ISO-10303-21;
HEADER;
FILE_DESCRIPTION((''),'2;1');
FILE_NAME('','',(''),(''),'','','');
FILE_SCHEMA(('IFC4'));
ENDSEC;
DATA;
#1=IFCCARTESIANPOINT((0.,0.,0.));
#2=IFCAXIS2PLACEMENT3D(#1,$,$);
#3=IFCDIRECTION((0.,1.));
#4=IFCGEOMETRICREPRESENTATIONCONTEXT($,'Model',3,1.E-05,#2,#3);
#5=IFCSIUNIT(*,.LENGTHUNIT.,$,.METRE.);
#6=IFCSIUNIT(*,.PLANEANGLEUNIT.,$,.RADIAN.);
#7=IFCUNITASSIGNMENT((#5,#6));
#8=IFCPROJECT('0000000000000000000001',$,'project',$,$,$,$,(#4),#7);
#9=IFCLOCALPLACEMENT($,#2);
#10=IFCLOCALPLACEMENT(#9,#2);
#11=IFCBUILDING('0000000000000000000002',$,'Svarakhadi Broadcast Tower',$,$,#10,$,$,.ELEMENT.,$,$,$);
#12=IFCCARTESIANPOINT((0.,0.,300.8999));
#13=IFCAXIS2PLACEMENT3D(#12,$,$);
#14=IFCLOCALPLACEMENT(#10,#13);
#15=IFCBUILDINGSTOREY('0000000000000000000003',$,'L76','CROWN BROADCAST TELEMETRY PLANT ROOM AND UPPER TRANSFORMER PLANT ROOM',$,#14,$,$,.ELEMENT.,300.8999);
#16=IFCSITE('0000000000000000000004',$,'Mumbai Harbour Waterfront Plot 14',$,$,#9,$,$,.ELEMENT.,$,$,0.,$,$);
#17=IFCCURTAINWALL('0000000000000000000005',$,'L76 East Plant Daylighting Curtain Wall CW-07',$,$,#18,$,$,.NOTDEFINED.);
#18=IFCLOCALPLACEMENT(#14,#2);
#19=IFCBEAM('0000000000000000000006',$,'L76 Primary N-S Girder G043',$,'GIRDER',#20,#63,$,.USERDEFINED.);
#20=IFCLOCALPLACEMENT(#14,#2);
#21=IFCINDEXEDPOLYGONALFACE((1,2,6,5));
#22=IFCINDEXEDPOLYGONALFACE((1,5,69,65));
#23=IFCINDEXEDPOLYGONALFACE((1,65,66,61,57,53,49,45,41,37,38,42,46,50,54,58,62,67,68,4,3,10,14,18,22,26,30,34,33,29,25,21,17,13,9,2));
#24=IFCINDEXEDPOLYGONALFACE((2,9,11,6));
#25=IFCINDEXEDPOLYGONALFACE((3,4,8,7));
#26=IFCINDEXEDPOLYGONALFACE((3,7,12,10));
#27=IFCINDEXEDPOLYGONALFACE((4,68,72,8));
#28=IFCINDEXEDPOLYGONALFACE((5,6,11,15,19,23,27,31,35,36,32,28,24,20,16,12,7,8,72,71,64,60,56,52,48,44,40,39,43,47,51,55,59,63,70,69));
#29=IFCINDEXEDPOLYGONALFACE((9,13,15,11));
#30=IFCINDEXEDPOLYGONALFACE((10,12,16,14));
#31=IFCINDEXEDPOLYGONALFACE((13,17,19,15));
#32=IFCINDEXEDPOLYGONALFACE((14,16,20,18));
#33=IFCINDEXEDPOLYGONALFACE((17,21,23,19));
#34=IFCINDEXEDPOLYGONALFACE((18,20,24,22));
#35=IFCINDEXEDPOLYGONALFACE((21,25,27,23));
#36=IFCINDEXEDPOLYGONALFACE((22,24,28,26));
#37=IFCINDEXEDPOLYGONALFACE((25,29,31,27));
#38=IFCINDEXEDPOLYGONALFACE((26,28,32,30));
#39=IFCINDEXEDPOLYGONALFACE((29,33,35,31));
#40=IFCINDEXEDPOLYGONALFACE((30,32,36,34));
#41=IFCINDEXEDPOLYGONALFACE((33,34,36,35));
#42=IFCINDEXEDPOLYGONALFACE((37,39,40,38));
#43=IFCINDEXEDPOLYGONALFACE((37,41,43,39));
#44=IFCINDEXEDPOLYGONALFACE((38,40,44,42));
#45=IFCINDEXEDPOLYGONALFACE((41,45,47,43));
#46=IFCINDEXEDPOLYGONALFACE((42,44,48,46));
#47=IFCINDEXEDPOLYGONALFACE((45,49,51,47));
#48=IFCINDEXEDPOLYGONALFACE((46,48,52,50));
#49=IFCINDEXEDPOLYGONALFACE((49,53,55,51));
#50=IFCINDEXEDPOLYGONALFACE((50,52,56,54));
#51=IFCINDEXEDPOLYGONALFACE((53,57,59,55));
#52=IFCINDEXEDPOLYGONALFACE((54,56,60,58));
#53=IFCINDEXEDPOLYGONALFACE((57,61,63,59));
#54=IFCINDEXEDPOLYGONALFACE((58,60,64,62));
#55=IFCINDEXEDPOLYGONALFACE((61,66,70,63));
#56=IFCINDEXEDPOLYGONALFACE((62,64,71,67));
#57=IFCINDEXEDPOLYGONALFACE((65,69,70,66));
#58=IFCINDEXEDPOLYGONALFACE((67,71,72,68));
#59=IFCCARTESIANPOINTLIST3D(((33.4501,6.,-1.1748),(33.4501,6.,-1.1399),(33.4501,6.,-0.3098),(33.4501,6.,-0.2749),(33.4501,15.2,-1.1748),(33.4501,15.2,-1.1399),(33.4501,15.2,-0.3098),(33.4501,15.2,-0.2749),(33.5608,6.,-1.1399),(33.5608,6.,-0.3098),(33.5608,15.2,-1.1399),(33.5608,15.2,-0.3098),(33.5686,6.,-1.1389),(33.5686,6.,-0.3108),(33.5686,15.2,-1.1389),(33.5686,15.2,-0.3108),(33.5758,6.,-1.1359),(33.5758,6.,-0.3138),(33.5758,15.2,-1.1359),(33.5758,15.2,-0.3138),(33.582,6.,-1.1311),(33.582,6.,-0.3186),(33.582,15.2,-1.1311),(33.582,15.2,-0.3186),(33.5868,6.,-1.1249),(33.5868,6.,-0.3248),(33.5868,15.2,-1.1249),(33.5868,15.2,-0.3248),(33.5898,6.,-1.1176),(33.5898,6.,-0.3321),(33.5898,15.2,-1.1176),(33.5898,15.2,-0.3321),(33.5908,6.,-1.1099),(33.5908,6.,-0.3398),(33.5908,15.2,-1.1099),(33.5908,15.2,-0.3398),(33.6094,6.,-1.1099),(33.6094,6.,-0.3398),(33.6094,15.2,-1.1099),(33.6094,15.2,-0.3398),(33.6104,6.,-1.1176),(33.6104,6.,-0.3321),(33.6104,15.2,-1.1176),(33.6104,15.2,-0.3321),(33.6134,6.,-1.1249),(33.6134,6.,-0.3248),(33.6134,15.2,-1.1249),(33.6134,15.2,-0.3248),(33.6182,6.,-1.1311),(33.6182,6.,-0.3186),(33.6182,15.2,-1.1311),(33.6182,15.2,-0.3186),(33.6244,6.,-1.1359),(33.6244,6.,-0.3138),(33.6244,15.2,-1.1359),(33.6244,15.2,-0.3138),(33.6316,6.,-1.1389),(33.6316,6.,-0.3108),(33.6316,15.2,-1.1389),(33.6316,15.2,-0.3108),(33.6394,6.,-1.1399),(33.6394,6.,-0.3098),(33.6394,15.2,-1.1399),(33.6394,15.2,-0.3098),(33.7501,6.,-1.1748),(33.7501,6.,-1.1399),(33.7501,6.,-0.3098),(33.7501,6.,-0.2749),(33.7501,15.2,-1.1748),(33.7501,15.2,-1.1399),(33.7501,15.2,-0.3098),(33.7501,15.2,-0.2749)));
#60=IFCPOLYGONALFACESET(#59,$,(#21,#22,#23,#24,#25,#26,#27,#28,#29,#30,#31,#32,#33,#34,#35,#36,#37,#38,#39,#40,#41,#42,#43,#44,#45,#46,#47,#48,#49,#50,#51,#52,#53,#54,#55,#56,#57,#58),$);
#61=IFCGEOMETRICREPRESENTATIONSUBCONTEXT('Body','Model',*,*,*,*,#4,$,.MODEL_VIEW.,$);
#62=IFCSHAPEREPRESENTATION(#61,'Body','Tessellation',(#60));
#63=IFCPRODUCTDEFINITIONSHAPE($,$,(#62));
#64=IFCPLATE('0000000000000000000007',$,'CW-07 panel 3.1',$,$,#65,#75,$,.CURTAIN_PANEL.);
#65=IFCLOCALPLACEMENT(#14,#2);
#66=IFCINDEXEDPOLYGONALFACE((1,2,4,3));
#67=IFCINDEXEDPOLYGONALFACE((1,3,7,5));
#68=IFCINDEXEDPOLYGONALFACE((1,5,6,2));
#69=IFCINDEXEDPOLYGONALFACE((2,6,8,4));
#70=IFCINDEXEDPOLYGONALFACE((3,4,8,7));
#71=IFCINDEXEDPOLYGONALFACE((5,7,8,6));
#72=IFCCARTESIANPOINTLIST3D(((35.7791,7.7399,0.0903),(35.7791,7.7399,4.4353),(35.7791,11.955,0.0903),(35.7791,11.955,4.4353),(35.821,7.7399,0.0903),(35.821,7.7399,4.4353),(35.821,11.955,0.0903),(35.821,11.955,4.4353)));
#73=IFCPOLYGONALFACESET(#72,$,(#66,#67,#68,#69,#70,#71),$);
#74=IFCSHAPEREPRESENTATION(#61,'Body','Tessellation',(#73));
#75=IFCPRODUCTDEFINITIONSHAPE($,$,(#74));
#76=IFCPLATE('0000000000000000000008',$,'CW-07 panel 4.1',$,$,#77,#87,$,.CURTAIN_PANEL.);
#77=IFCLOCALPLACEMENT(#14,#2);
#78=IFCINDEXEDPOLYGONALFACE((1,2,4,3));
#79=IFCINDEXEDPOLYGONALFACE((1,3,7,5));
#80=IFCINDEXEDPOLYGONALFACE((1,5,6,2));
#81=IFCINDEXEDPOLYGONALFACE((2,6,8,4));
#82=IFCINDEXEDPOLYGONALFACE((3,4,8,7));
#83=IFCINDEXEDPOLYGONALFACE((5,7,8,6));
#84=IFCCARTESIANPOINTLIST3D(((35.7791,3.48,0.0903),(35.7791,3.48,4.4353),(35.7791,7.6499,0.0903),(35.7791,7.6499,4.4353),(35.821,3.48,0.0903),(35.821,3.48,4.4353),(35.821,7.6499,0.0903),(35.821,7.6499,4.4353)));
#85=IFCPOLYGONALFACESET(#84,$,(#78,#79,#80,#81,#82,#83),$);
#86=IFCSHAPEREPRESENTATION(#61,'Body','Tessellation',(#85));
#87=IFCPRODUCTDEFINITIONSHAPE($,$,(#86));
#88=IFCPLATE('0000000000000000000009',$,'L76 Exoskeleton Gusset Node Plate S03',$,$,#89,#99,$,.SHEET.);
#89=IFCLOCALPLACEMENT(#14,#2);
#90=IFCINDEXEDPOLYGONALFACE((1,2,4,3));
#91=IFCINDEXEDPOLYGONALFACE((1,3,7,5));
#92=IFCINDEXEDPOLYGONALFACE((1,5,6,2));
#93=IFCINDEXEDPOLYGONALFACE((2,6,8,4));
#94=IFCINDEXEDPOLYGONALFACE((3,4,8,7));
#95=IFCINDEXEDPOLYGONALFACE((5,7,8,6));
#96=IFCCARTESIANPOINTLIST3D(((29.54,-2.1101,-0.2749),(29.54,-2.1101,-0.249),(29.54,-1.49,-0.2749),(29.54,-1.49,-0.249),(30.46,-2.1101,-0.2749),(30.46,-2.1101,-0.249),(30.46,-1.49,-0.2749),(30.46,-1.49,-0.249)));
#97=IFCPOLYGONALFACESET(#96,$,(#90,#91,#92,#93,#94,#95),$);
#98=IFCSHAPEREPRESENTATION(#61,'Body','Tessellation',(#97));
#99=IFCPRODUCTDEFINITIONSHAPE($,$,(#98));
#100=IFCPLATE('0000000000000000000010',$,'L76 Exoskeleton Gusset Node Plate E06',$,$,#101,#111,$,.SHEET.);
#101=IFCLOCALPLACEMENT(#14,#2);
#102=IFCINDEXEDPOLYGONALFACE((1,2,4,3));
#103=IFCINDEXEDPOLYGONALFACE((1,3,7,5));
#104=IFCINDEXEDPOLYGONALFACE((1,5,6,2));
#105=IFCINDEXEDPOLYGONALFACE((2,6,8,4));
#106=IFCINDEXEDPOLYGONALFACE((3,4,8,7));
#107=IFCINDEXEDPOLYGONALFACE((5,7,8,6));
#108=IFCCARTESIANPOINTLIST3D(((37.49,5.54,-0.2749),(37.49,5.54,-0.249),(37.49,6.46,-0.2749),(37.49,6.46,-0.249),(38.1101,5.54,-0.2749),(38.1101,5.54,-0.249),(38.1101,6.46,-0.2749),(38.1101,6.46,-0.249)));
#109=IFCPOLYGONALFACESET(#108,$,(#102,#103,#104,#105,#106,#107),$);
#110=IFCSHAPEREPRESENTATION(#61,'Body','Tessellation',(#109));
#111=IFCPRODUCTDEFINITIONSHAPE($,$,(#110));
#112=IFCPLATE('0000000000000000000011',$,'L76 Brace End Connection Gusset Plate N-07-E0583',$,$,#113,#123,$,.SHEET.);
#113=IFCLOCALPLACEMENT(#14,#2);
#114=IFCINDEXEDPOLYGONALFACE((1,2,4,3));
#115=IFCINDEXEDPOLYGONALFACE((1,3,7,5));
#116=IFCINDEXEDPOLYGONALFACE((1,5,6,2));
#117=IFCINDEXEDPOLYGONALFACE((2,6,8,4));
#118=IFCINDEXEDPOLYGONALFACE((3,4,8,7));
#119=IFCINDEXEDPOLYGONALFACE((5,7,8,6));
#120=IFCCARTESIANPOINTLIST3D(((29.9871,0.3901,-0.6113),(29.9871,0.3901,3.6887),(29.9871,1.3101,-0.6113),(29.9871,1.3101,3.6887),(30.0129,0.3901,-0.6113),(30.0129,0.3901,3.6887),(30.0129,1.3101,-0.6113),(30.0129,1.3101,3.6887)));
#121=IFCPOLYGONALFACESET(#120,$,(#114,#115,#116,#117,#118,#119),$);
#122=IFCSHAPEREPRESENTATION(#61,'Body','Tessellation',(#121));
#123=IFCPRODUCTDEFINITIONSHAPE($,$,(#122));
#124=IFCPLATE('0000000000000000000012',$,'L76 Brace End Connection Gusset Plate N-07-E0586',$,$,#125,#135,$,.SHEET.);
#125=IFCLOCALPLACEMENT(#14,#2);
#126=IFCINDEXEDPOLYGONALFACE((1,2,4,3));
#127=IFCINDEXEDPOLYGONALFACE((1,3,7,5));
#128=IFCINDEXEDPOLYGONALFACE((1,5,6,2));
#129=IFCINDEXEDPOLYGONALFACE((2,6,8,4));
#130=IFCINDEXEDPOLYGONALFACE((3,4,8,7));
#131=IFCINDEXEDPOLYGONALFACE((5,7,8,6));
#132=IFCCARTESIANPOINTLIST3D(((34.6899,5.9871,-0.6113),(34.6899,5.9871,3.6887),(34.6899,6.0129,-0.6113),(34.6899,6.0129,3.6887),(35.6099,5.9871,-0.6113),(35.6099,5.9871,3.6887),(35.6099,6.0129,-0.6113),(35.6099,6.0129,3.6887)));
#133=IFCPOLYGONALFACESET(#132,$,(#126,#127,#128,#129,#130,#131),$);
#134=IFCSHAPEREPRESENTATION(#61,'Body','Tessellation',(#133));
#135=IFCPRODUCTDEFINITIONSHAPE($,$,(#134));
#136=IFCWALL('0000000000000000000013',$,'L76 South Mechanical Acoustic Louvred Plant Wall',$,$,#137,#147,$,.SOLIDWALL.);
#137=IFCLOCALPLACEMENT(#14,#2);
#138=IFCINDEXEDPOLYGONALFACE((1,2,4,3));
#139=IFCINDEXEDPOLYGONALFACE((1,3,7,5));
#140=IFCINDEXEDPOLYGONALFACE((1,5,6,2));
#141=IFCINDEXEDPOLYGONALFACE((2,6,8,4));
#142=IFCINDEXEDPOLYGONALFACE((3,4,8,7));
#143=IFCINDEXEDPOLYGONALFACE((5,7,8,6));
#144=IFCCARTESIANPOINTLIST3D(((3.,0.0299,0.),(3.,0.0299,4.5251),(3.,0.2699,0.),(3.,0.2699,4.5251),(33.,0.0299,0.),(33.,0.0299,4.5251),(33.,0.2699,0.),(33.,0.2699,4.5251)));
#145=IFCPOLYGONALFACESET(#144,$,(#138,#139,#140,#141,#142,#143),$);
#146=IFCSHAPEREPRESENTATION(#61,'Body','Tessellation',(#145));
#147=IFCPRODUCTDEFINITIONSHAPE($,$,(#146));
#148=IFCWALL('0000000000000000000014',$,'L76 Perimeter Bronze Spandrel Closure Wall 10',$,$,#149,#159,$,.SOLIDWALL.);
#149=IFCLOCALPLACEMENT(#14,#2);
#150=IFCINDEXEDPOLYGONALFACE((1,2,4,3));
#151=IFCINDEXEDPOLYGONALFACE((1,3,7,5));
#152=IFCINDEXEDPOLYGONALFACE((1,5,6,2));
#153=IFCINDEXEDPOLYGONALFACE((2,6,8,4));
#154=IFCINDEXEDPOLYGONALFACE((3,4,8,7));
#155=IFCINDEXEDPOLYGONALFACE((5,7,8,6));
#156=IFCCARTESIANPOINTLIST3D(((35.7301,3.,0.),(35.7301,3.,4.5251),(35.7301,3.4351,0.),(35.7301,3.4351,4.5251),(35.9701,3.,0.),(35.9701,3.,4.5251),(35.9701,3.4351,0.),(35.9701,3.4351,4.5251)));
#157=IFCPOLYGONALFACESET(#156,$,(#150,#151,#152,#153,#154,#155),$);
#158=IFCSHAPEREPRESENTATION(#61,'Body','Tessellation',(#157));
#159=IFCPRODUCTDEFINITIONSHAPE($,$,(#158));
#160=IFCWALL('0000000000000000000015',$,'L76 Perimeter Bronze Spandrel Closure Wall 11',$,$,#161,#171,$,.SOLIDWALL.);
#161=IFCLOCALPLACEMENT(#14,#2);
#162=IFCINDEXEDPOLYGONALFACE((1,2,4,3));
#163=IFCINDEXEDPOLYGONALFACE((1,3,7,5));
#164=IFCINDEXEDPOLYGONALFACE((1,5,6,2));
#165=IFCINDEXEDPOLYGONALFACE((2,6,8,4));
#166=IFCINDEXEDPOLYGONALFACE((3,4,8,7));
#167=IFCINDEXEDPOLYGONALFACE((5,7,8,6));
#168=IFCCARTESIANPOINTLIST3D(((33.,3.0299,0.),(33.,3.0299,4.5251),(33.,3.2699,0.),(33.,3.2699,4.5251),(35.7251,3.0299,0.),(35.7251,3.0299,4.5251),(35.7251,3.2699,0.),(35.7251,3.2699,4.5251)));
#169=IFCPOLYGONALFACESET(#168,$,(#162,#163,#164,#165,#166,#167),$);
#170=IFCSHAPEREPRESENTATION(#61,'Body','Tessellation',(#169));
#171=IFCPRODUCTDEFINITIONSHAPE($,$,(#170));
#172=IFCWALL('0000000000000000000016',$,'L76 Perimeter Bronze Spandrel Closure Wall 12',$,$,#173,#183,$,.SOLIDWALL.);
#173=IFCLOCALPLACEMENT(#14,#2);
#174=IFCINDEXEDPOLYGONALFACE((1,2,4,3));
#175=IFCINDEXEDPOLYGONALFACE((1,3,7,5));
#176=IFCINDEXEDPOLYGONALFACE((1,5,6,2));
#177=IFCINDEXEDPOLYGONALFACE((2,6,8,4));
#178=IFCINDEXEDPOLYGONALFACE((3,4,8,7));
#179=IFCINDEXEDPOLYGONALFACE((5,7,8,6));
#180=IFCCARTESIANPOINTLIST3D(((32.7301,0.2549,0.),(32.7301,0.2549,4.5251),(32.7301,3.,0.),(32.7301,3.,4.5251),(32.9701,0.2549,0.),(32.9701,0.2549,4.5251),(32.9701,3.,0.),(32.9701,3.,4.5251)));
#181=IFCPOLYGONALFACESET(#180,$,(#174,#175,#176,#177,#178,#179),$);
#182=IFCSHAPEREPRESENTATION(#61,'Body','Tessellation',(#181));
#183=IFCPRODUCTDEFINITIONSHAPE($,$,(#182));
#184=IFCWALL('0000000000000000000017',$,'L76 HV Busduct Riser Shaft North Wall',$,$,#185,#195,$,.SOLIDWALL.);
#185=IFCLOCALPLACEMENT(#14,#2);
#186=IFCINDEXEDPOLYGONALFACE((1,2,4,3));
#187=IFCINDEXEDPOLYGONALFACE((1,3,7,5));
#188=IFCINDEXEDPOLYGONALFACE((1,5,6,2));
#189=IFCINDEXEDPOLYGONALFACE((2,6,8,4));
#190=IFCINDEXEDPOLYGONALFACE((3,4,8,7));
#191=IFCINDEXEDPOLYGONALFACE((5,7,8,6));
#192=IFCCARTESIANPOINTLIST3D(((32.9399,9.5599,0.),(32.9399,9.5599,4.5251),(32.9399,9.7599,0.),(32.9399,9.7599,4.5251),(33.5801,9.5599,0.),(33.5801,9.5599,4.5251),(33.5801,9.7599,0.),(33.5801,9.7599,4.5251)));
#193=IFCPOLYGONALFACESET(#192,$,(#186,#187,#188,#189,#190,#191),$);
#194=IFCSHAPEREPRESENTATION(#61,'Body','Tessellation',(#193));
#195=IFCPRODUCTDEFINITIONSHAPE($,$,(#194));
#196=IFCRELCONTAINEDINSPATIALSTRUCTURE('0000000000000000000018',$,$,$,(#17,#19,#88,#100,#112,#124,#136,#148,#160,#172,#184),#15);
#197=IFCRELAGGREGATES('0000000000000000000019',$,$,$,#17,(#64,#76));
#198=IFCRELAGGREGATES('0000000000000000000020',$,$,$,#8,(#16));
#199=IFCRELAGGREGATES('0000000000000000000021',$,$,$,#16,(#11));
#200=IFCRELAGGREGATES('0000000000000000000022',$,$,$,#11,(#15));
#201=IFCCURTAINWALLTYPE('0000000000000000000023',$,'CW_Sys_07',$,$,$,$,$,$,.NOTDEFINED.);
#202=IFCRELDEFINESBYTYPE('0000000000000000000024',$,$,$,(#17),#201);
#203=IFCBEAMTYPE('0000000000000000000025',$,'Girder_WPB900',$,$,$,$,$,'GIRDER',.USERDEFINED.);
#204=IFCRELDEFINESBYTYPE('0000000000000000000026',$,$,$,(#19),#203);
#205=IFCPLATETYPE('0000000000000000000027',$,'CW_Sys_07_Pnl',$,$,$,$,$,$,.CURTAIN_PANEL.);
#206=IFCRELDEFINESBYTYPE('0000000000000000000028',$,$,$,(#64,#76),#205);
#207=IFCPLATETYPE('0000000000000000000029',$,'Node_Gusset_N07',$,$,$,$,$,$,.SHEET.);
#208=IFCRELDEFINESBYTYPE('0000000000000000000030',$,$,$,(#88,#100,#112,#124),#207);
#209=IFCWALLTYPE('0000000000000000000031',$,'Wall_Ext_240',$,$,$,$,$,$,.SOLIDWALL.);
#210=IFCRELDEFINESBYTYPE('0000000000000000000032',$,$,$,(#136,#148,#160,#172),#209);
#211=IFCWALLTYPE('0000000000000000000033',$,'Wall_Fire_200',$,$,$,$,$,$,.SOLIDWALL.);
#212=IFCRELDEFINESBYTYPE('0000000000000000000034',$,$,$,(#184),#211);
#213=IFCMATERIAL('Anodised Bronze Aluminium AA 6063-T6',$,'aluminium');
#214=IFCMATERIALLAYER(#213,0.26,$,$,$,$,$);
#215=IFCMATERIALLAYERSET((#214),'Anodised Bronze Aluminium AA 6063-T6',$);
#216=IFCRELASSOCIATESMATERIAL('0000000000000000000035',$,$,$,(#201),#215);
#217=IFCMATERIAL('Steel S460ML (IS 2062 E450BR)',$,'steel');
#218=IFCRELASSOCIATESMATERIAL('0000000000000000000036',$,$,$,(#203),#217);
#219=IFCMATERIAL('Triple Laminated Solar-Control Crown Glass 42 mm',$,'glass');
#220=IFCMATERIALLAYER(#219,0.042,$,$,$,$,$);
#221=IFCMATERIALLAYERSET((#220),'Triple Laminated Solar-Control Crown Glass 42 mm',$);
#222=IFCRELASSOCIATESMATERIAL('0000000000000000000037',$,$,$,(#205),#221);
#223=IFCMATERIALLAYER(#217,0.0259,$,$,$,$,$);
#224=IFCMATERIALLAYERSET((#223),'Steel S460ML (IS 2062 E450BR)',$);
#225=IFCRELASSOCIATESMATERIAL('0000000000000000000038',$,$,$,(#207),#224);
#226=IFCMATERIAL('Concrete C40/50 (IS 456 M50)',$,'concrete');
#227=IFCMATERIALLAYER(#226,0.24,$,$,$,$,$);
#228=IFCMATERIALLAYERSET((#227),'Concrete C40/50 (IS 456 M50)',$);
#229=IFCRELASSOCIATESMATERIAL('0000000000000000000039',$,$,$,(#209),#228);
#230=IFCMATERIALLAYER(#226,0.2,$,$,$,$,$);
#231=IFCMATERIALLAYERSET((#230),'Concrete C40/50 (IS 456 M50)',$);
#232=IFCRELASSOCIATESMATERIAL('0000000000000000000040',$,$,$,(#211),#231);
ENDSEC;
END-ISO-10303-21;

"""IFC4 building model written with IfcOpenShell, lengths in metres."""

from ifc_helpers import new_model, si_unit, direction, frame, frame_2d, origin, origin_2d, place, context, subcontext, project, spatial, rectangle, i_section, extrude, material, layer, layer_set, material_profile, profile_set, type_object, element, aggregate, save


model = new_model("IFC4")

# Units and contexts
model_context = context("Model", 3, precision=1e-05, world=origin(), true_north=direction((0.0, 1.0)))
body_context = subcontext(model_context, "Body", "Model", "MODEL_VIEW")
ifc_project = project(units=[si_unit("LENGTHUNIT", "METRE"), si_unit("PLANEANGLEUNIT", "RADIAN")], contexts=[model_context])

# Site, building, storey
site_placement = place(None, origin())
site = spatial("IfcSite", under=ifc_project, at=site_placement, Name="Mumbai Harbour Waterfront Plot 14", CompositionType="ELEMENT", RefElevation=0.0)
building_placement = place(site_placement, origin())
building = spatial("IfcBuilding", under=site, at=building_placement, Name="Svarakhadi Broadcast Tower", CompositionType="ELEMENT")
storey_placement = place(building_placement, frame((0.0, 0.0, 300.8999)))
storey = spatial("IfcBuildingStorey", under=building, at=storey_placement, Name="L76", Description="CROWN BROADCAST TELEMETRY PLANT ROOM AND UPPER TRANSFORMER PLANT ROOM", CompositionType="ELEMENT", Elevation=300.8999)

# Shared definitions
ifc_material_1 = material(Name="Steel S460ML (IS 2062 E450BR)", Category="steel")

# Curtain wall
ifc_material_2 = material(Name="Anodised Bronze Aluminium AA 6063-T6", Category="aluminium")
ifc_layer_1 = layer(ifc_material_2, 0.26)
ifc_layer_set_1 = layer_set([ifc_layer_1], Name="Anodised Bronze Aluminium AA 6063-T6")
curtain_wall_type = type_object("IfcCurtainWallType", Name="CW_Sys_07", PredefinedType="NOTDEFINED", material=ifc_layer_set_1)
curtain_wall_placement = place(storey_placement, origin())
curtain_wall = element("IfcCurtainWall", 1, at=curtain_wall_placement, inside=storey, type_object=curtain_wall_type, Name="L76 East Plant Daylighting Curtain Wall CW-07", PredefinedType="NOTDEFINED")

# Beam
ifc_material_profile_1 = material_profile(ifc_material_1, i_section(OverallWidth=0.3, OverallDepth=0.8999, WebThickness=0.0186, FlangeThickness=0.0349, FilletRadius=0.03, at=origin_2d()), Name="WPB 900x300x291")
ifc_profile_set_1 = profile_set([ifc_material_profile_1], Name="Steel S460ML (IS 2062 E450BR)")
beam_type_1 = type_object("IfcBeamType", Name="Girder_WPB900", ElementType="GIRDER", PredefinedType="USERDEFINED", material=ifc_profile_set_1)
beam_1_placement = place(storey_placement, frame((33.6001, 6.0, -0.7249), z_axis=(0.0, 1.0, 0.0), x_axis=(-1.0, 0.0, 0.0)))
element("IfcBeam", 2, at=beam_1_placement, inside=storey, type_object=beam_type_1, Name="L76 Primary N-S Girder G043", ObjectType="GIRDER", PredefinedType="USERDEFINED", context=body_context, shape_type="SweptSolid", body=[
    extrude(i_section(OverallWidth=0.3, OverallDepth=0.8999, WebThickness=0.0186, FlangeThickness=0.0349, FilletRadius=0.03, at=origin_2d()), origin(), (0.0, 0.0, 1.0), 9.2),
])

# Plates
ifc_material_3 = material(Name="Triple Laminated Solar-Control Crown Glass 42 mm", Category="glass")
ifc_layer_2 = layer(ifc_material_3, 0.042)
ifc_layer_set_2 = layer_set([ifc_layer_2], Name="Triple Laminated Solar-Control Crown Glass 42 mm")
plate_type_1 = type_object("IfcPlateType", Name="CW_Sys_07_Pnl", PredefinedType="CURTAIN_PANEL", material=ifc_layer_set_2)
plate_1_placement = place(storey_placement, frame((35.8, 9.8474, 0.0903), z_axis=(0.0, 0.0, 1.0), x_axis=(0.0, -1.0, 0.0)))
plate_1 = element("IfcPlate", 3, at=plate_1_placement, type_object=plate_type_1, Name="CW-07 panel 3.1", PredefinedType="CURTAIN_PANEL", context=body_context, shape_type="SweptSolid", body=[
    extrude(rectangle(XDim=4.2151, YDim=0.042, at=origin_2d()), origin(), (0.0, 0.0, 1.0), 4.345),
])
plate_2_placement = place(storey_placement, frame((35.8, 5.5649, 0.0903), z_axis=(0.0, 0.0, 1.0), x_axis=(0.0, -1.0, 0.0)))
plate_2 = element("IfcPlate", 4, at=plate_2_placement, type_object=plate_type_1, Name="CW-07 panel 4.1", PredefinedType="CURTAIN_PANEL", context=body_context, shape_type="SweptSolid", body=[
    extrude(rectangle(XDim=4.1699, YDim=0.042, at=origin_2d()), origin(), (0.0, 0.0, 1.0), 4.345),
])
aggregate(curtain_wall, [plate_1, plate_2])

# Plates
ifc_layer_3 = layer(ifc_material_1, 0.0259)
ifc_layer_set_3 = layer_set([ifc_layer_3], Name="Steel S460ML (IS 2062 E450BR)")
plate_type_2 = type_object("IfcPlateType", Name="Node_Gusset_N07", PredefinedType="SHEET", material=ifc_layer_set_3)
for number, where, z_axis, x_axis, name in (
    (5, (30.0, -1.8, -0.2749), (0.0, 0.0, 1.0), (1.0, 0.0, 0.0), "L76 Exoskeleton Gusset Node Plate S03"),
    (6, (37.8, 6.0, -0.2749), (0.0, 0.0, 1.0), (0.0, 1.0, 0.0), "L76 Exoskeleton Gusset Node Plate E06"),
):
    element("IfcPlate", number, at=place(storey_placement, frame(where, z_axis=z_axis, x_axis=x_axis)), inside=storey, type_object=plate_type_2, Name=name, PredefinedType="SHEET", context=body_context, shape_type="SweptSolid", body=[
        extrude(rectangle(XDim=0.9199, YDim=0.6201, at=origin_2d()), origin(), (0.0, 0.0, 1.0), 0.0259),
    ])
for number, where, z_axis, x_axis, name in (
    (7, (30.0, 0.8501, -0.6113), (0.0, 0.0, 1.0), (0.0, 1.0, 0.0), "L76 Brace End Connection Gusset Plate N-07-E0583"),
    (8, (35.1499, 6.0, -0.6113), (0.0, 0.0, 1.0), (1.0, 0.0, 0.0), "L76 Brace End Connection Gusset Plate N-07-E0586"),
):
    element("IfcPlate", number, at=place(storey_placement, frame(where, z_axis=z_axis, x_axis=x_axis)), inside=storey, type_object=plate_type_2, Name=name, PredefinedType="SHEET", context=body_context, shape_type="SweptSolid", body=[
        extrude(rectangle(XDim=0.9199, YDim=0.0259, at=origin_2d()), origin(), (0.0, 0.0, 1.0), 4.3),
    ])

# Walls
ifc_material_4 = material(Name="Concrete C40/50 (IS 456 M50)", Category="concrete")
ifc_layer_4 = layer(ifc_material_4, 0.24)
ifc_layer_set_4 = layer_set([ifc_layer_4], Name="Concrete C40/50 (IS 456 M50)")
wall_type_1 = type_object("IfcWallType", Name="Wall_Ext_240", PredefinedType="SOLIDWALL", material=ifc_layer_set_4)
wall_1_placement = place(storey_placement, frame((33.0, 0.1499, 0.0), z_axis=(0.0, 0.0, 1.0), x_axis=(-1.0, 0.0, 0.0)))
element("IfcWall", 9, at=wall_1_placement, inside=storey, type_object=wall_type_1, Name="L76 South Mechanical Acoustic Louvred Plant Wall", PredefinedType="SOLIDWALL", context=body_context, shape_type="SweptSolid", body=[
    extrude(rectangle(XDim=30.0, YDim=0.24, at=frame_2d((15.0, 0.0))), origin(), (0.0, 0.0, 1.0), 4.5251),
])
wall_2_placement = place(storey_placement, frame((35.8501, 3.4351, 0.0), z_axis=(0.0, 0.0, 1.0), x_axis=(0.0, -1.0, 0.0)))
element("IfcWall", 10, at=wall_2_placement, inside=storey, type_object=wall_type_1, Name="L76 Perimeter Bronze Spandrel Closure Wall 10", PredefinedType="SOLIDWALL", context=body_context, shape_type="SweptSolid", body=[
    extrude(rectangle(XDim=0.4351, YDim=0.24, at=frame_2d((0.2175, 0.0))), origin(), (0.0, 0.0, 1.0), 4.5251),
])
wall_3_placement = place(storey_placement, frame((35.7251, 3.1499, 0.0), z_axis=(0.0, 0.0, 1.0), x_axis=(-1.0, 0.0, 0.0)))
element("IfcWall", 11, at=wall_3_placement, inside=storey, type_object=wall_type_1, Name="L76 Perimeter Bronze Spandrel Closure Wall 11", PredefinedType="SOLIDWALL", context=body_context, shape_type="SweptSolid", body=[
    extrude(rectangle(XDim=2.7251, YDim=0.24, at=frame_2d((1.3625, 0.0))), origin(), (0.0, 0.0, 1.0), 4.5251),
])
wall_4_placement = place(storey_placement, frame((32.8501, 3.0, 0.0), z_axis=(0.0, 0.0, 1.0), x_axis=(0.0, -1.0, 0.0)))
element("IfcWall", 12, at=wall_4_placement, inside=storey, type_object=wall_type_1, Name="L76 Perimeter Bronze Spandrel Closure Wall 12", PredefinedType="SOLIDWALL", context=body_context, shape_type="SweptSolid", body=[
    extrude(rectangle(XDim=2.7451, YDim=0.24, at=frame_2d((1.3726, 0.0))), origin(), (0.0, 0.0, 1.0), 4.5251),
])
ifc_layer_5 = layer(ifc_material_4, 0.2)
ifc_layer_set_5 = layer_set([ifc_layer_5], Name="Concrete C40/50 (IS 456 M50)")
wall_type_2 = type_object("IfcWallType", Name="Wall_Fire_200", PredefinedType="SOLIDWALL", material=ifc_layer_set_5)
wall_5_placement = place(storey_placement, frame((32.9399, 9.6599, 0.0), z_axis=(0.0, 0.0, 1.0), x_axis=(1.0, 0.0, 0.0)))
element("IfcWall", 13, at=wall_5_placement, inside=storey, type_object=wall_type_2, Name="L76 HV Busduct Riser Shaft North Wall", PredefinedType="SOLIDWALL", context=body_context, shape_type="SweptSolid", body=[
    extrude(rectangle(XDim=0.6401, YDim=0.2, at=frame_2d((0.3201, 0.0))), origin(), (0.0, 0.0, 1.0), 4.5251),
])

save(model, "model.ifc")
